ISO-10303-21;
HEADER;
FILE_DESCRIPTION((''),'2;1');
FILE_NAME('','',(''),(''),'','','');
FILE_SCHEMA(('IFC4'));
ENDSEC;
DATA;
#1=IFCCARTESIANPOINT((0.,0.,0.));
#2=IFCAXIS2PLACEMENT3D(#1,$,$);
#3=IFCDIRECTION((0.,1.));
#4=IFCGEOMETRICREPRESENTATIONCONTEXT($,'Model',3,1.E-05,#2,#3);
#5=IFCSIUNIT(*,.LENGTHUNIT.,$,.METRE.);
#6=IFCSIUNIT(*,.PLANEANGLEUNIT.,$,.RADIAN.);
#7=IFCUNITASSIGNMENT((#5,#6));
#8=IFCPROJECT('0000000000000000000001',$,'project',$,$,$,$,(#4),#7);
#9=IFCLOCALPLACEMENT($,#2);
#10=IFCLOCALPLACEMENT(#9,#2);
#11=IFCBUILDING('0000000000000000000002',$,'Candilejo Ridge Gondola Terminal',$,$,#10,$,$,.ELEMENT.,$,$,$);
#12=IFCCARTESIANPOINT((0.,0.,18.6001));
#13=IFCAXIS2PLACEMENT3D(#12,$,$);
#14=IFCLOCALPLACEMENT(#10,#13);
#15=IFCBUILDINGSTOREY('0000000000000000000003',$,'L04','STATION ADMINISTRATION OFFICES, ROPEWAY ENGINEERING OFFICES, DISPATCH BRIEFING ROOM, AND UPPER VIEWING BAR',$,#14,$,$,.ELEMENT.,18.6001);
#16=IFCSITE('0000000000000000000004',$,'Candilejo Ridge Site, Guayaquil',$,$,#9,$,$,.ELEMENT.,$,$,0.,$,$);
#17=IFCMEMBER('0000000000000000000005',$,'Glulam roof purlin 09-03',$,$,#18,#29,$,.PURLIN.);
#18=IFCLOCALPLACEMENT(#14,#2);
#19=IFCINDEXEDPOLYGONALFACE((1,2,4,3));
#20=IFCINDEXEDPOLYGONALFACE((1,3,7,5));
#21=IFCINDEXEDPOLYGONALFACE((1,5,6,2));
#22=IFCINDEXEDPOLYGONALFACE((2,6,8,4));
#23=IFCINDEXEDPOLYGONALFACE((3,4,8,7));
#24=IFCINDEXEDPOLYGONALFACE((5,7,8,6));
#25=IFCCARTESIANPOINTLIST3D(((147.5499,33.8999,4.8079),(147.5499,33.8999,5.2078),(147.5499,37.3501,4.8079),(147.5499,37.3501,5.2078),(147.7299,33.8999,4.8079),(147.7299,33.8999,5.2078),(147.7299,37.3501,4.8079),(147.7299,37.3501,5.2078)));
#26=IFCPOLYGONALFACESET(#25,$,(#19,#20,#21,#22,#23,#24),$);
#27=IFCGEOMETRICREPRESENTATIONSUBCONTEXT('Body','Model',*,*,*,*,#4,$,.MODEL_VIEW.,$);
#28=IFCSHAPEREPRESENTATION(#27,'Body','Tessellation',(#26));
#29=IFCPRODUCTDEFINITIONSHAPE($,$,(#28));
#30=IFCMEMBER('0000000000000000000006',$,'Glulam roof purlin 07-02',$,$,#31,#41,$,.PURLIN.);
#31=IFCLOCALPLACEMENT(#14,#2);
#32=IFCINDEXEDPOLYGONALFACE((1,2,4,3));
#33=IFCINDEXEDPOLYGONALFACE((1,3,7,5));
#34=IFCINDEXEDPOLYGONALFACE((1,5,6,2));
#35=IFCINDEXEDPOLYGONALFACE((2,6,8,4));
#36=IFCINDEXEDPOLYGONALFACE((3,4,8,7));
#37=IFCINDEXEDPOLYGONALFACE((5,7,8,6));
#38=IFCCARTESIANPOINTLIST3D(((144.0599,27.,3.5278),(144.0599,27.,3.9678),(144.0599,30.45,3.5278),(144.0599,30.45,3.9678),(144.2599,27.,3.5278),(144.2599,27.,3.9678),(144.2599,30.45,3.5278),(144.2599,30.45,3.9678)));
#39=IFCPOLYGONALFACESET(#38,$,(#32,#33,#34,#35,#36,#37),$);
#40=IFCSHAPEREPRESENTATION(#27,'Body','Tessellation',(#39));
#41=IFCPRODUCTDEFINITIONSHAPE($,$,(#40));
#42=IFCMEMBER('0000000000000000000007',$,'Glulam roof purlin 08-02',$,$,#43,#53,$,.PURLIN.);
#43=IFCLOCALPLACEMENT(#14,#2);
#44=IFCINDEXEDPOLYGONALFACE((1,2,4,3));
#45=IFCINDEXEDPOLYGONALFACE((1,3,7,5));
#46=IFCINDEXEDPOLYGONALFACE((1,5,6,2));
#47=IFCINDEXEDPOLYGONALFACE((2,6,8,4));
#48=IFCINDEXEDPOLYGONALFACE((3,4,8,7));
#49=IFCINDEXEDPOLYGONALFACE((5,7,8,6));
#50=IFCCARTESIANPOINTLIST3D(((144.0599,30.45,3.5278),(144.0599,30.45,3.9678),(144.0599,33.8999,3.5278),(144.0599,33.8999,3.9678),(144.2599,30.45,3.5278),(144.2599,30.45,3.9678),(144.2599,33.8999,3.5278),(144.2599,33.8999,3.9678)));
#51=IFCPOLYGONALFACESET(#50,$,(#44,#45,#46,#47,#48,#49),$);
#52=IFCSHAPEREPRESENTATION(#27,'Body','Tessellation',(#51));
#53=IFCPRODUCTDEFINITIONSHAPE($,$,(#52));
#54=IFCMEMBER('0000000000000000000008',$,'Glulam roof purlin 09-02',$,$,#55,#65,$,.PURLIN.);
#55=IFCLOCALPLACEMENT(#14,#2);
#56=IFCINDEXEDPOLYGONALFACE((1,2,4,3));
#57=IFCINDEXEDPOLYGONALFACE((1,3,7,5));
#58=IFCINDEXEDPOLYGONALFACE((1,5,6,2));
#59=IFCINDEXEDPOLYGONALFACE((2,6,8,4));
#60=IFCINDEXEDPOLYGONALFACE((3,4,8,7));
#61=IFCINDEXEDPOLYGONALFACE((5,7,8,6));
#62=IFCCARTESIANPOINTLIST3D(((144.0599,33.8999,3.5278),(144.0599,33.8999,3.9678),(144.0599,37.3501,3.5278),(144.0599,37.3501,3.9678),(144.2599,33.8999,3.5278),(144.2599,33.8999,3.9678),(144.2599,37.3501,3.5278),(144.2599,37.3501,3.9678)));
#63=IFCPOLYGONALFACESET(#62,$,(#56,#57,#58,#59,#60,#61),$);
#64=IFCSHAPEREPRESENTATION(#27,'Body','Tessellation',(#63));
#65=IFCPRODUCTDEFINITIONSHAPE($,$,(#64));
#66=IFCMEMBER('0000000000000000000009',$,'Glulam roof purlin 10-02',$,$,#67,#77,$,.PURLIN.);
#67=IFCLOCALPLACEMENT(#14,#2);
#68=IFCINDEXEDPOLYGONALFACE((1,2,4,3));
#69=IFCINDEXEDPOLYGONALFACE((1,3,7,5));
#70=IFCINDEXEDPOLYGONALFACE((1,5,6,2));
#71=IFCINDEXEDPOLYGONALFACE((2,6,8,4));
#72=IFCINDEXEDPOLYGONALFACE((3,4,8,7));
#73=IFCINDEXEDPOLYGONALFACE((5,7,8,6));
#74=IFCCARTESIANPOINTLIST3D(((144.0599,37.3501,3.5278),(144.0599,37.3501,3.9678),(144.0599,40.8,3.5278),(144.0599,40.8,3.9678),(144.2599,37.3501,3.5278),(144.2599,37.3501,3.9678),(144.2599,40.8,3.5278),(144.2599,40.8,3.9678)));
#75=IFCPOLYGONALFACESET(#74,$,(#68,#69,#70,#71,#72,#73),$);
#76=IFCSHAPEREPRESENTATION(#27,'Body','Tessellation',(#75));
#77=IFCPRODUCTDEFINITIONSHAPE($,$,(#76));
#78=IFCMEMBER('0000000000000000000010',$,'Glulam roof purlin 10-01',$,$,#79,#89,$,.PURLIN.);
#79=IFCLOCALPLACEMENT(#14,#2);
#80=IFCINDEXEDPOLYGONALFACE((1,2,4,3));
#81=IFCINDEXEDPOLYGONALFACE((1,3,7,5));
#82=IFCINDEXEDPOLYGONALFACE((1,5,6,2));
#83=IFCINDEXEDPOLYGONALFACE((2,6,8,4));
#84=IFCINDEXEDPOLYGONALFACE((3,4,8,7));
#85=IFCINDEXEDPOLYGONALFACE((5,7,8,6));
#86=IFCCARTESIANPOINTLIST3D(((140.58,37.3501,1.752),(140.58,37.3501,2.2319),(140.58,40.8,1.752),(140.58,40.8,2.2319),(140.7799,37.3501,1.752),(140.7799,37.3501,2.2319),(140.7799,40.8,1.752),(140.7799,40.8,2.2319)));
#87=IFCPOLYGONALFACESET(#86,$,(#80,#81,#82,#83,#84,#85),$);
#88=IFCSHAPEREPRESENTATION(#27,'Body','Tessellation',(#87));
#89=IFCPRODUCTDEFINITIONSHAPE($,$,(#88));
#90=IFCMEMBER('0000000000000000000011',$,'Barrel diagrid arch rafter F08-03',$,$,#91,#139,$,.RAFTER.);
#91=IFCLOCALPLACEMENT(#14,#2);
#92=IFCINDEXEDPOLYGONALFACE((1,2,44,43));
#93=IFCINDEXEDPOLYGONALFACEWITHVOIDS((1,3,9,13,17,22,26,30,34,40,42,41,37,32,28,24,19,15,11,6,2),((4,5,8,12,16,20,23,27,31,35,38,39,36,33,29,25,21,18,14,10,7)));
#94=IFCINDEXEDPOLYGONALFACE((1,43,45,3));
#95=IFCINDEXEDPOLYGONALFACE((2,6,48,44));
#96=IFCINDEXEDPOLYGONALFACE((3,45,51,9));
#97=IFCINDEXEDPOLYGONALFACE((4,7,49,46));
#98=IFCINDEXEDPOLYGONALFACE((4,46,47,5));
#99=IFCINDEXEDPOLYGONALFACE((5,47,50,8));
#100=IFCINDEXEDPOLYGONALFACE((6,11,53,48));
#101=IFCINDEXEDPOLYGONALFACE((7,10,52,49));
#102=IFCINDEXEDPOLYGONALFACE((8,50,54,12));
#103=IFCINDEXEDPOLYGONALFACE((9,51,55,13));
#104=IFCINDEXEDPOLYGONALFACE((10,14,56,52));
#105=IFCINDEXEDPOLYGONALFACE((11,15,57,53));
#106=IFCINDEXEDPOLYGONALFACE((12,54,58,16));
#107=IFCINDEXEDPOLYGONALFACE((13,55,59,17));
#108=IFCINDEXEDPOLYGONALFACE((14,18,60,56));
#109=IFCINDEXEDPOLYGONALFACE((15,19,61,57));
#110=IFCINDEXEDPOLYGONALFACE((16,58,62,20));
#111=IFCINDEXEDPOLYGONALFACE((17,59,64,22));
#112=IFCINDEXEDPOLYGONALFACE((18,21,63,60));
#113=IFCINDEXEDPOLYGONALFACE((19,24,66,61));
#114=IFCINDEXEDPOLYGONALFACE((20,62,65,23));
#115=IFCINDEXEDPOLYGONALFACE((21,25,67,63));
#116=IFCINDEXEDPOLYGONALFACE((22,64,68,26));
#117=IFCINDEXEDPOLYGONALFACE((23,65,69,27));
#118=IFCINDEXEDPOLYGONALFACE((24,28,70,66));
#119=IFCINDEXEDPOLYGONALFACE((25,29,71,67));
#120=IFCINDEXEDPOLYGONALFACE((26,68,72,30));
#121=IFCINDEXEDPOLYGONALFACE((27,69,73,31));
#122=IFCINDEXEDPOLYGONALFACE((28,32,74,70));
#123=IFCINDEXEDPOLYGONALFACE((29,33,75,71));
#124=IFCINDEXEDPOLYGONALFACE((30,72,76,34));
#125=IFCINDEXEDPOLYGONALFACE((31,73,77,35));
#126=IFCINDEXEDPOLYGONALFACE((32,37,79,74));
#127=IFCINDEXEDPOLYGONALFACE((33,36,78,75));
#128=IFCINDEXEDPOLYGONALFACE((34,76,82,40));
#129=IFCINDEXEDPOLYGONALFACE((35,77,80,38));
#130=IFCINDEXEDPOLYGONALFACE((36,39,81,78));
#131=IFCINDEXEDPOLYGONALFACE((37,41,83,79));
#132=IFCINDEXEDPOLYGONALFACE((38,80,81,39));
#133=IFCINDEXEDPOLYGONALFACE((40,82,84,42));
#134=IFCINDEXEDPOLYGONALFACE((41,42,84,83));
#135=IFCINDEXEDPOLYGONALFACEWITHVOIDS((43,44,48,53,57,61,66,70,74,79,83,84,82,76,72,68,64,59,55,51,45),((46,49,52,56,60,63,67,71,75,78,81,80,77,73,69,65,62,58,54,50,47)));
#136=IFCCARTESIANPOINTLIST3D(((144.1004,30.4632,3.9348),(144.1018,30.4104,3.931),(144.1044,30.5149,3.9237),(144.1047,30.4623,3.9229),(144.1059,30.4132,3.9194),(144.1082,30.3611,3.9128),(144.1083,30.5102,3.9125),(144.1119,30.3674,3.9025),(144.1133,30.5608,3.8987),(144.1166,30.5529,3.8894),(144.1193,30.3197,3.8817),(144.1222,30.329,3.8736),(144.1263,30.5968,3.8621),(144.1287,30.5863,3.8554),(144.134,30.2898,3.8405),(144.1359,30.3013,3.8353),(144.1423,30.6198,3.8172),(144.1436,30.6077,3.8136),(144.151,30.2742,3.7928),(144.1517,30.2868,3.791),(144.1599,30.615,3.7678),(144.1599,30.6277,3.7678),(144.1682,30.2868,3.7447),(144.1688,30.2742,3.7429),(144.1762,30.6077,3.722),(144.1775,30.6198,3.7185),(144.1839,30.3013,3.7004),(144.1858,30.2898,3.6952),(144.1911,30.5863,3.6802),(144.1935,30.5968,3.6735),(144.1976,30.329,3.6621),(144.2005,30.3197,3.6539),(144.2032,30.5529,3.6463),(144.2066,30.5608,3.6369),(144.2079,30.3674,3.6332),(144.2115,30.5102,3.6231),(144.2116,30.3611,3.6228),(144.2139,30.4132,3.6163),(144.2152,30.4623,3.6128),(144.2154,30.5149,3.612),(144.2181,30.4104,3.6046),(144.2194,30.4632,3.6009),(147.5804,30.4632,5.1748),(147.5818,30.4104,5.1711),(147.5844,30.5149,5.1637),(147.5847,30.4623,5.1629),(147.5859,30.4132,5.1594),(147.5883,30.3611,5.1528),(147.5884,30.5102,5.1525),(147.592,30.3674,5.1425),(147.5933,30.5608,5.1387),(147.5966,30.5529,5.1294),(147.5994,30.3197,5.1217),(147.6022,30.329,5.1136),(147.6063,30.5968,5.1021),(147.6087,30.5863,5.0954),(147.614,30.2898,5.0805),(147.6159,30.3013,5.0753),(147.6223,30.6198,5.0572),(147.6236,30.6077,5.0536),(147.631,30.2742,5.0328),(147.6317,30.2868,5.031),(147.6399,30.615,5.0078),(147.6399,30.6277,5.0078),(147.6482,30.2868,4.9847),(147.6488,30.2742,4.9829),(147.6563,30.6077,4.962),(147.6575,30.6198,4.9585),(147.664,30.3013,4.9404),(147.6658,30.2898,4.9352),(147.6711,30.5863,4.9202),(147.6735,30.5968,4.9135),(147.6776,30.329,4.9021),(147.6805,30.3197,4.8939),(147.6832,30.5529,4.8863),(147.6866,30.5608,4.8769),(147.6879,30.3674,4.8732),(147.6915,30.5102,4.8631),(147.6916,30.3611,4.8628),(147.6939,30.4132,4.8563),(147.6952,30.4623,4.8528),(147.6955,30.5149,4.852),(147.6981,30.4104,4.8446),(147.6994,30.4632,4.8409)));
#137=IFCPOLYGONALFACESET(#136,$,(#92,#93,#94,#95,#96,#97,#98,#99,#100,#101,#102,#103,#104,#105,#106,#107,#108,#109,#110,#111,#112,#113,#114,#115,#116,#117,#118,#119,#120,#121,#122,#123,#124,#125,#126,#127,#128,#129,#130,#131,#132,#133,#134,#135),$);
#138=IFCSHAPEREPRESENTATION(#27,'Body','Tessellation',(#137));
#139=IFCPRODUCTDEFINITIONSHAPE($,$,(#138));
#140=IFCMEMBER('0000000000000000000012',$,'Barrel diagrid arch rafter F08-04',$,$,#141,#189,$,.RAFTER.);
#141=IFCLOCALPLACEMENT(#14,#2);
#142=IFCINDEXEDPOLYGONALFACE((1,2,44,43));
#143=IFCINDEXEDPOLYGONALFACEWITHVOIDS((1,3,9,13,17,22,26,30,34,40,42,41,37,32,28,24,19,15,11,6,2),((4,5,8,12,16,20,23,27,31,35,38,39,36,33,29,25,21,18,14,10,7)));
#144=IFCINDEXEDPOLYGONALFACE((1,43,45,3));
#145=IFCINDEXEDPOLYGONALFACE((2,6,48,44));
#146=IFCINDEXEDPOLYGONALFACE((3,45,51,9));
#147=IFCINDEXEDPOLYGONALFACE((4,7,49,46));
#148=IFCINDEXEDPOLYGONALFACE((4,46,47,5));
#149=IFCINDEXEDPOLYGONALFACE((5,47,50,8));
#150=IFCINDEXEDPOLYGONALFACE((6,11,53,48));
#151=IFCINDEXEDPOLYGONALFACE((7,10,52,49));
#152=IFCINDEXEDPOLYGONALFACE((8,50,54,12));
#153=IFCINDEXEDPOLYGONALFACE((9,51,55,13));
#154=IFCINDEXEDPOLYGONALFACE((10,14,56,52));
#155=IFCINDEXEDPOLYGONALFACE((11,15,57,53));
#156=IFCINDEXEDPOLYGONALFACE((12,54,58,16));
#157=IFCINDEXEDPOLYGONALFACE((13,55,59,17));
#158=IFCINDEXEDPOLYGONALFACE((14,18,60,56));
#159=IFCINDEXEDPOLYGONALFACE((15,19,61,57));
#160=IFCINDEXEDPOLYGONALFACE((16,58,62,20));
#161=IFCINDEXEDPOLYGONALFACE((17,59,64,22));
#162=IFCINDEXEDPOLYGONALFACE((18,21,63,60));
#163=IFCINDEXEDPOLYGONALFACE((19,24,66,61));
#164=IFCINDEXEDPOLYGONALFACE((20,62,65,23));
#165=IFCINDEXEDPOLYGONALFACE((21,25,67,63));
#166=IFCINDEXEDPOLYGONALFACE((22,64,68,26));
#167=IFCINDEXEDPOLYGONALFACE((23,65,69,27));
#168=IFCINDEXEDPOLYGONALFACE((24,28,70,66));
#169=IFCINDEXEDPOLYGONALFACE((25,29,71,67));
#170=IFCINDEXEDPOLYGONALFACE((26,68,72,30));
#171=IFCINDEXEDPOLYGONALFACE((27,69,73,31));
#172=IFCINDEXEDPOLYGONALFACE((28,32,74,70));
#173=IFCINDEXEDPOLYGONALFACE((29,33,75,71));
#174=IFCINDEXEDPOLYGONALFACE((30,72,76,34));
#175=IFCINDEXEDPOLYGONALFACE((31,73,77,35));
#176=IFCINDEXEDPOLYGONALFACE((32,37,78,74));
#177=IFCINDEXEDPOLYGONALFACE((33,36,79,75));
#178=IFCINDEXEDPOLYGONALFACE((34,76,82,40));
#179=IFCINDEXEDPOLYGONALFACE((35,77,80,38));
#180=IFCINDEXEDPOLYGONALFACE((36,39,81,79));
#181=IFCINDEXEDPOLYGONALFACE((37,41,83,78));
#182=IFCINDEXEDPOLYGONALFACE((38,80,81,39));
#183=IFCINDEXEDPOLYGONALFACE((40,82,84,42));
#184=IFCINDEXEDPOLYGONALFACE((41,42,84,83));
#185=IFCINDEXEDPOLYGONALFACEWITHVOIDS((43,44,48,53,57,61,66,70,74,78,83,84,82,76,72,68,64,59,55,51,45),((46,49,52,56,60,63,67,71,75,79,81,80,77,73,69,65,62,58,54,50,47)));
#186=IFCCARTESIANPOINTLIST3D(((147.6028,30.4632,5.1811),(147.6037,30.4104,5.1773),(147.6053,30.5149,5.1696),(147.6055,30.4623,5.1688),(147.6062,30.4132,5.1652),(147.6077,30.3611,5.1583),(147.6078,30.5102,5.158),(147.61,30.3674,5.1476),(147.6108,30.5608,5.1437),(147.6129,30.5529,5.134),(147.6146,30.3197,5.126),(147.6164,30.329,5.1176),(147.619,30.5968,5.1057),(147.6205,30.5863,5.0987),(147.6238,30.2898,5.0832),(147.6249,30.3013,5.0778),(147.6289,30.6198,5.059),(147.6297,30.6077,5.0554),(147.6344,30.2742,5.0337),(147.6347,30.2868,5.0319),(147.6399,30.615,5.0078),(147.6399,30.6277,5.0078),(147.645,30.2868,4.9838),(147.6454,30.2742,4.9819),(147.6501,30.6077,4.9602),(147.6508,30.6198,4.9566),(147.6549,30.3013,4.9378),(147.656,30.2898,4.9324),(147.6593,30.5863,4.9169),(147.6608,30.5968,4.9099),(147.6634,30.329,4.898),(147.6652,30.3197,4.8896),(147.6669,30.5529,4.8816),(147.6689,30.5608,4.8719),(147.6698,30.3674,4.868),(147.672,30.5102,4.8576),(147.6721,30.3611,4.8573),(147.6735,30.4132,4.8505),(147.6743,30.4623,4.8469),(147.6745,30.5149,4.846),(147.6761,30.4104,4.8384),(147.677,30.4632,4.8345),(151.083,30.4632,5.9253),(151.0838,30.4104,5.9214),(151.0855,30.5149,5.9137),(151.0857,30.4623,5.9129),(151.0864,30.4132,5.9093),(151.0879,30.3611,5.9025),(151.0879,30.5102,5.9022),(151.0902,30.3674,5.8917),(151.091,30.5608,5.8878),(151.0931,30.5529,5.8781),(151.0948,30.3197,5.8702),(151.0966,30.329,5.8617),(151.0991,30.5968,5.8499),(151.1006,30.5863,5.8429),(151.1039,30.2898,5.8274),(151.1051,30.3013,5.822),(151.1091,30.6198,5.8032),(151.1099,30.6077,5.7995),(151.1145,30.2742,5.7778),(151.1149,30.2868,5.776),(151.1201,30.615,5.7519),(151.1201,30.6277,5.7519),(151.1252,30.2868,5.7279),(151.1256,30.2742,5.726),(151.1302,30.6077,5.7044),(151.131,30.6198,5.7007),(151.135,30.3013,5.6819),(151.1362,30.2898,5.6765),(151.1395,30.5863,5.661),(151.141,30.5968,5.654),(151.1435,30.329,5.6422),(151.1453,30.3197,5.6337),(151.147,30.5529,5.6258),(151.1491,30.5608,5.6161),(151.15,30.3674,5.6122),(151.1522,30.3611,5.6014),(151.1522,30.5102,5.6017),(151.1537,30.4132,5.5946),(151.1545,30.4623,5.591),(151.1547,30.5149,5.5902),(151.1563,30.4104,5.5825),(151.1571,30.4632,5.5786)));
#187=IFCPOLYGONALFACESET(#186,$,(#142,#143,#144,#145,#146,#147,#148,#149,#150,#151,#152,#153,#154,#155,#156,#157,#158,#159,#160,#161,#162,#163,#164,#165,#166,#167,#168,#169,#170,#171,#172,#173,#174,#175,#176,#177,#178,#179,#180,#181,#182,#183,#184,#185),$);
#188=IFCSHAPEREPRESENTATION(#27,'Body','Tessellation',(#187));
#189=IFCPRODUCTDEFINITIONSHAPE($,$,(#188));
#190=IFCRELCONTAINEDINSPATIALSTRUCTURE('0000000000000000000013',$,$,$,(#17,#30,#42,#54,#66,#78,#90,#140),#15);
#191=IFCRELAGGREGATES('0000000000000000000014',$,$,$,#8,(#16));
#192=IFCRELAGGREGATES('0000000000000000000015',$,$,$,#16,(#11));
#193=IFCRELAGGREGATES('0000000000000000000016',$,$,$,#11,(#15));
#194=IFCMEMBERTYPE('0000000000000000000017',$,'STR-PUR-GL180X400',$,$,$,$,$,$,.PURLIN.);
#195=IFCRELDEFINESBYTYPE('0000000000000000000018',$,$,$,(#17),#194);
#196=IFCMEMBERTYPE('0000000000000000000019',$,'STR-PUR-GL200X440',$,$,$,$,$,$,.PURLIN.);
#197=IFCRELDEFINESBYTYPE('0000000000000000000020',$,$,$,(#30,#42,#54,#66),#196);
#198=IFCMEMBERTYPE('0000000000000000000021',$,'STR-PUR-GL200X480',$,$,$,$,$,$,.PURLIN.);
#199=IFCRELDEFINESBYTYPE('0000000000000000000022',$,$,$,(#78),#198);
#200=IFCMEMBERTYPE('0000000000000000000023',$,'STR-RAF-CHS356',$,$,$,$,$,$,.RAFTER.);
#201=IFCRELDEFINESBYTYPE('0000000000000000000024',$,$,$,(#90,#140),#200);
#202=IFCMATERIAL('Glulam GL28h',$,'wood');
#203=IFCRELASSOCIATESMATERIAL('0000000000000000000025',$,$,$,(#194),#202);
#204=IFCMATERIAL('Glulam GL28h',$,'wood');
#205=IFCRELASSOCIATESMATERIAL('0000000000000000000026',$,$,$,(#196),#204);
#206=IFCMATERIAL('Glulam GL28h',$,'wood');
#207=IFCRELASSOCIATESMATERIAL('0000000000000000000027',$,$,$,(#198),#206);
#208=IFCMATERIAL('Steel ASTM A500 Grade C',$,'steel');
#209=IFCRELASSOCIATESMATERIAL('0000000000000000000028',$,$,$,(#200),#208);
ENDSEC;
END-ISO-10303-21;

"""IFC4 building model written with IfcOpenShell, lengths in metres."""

from ifc_helpers import new_model, si_unit, direction, frame, origin, origin_2d, place, context, subcontext, project, spatial, rectangle, hollow_circle, extrude, material, material_profile, profile_set, type_object, element, save


model = new_model("IFC4")

# Units and contexts
model_context = context("Model", 3, precision=1e-05, world=origin(), true_north=direction((0.0, 1.0)))
body_context = subcontext(model_context, "Body", "Model", "MODEL_VIEW")
ifc_project = project(units=[si_unit("LENGTHUNIT", "METRE"), si_unit("PLANEANGLEUNIT", "RADIAN")], contexts=[model_context])

# Site, building, storey
site_placement = place(None, origin())
site = spatial("IfcSite", under=ifc_project, at=site_placement, Name="Candilejo Ridge Site, Guayaquil", CompositionType="ELEMENT", RefElevation=0.0)
building_placement = place(site_placement, origin())
building = spatial("IfcBuilding", under=site, at=building_placement, Name="Candilejo Ridge Gondola Terminal", CompositionType="ELEMENT")
storey_placement = place(building_placement, frame((0.0, 0.0, 18.6001)))
storey = spatial("IfcBuildingStorey", under=building, at=storey_placement, Name="L04", Description="STATION ADMINISTRATION OFFICES, ROPEWAY ENGINEERING OFFICES, DISPATCH BRIEFING ROOM, AND UPPER VIEWING BAR", CompositionType="ELEMENT", Elevation=18.6001)

# Members
ifc_material_1 = material(Name="Glulam GL28h", Category="wood")
ifc_material_profile_1 = material_profile(ifc_material_1, rectangle(XDim=0.1799, YDim=0.3999, at=origin_2d()))
ifc_profile_set_1 = profile_set([ifc_material_profile_1], Name="Glulam GL28h")
member_type_1 = type_object("IfcMemberType", Name="STR-PUR-GL180X400", PredefinedType="PURLIN", material=ifc_profile_set_1)
member_1_placement = place(storey_placement, frame((147.6399, 33.8999, 5.0078), z_axis=(0.0, 1.0, 0.0), x_axis=(-1.0, 0.0, 0.0)))
element("IfcMember", 1, at=member_1_placement, inside=storey, type_object=member_type_1, Name="Glulam roof purlin 09-03", PredefinedType="PURLIN", context=body_context, shape_type="SweptSolid", body=[
    extrude(rectangle(XDim=0.1799, YDim=0.3999, at=origin_2d()), origin(), (0.0, 0.0, 1.0), 3.4502),
])
ifc_material_2 = material(Name="Glulam GL28h", Category="wood")
ifc_material_profile_2 = material_profile(ifc_material_2, rectangle(XDim=0.2, YDim=0.4399, at=origin_2d()))
ifc_profile_set_2 = profile_set([ifc_material_profile_2], Name="Glulam GL28h")
member_type_2 = type_object("IfcMemberType", Name="STR-PUR-GL200X440", PredefinedType="PURLIN", material=ifc_profile_set_2)
for number, where, z_axis, x_axis, name in (
    (2, (144.1599, 27.0, 3.7478), (0.0, 1.0, 0.0), (-1.0, 0.0, 0.0), "Glulam roof purlin 07-02"),
    (3, (144.1599, 30.45, 3.7478), (0.0, 1.0, 0.0), (-1.0, 0.0, 0.0), "Glulam roof purlin 08-02"),
):
    element("IfcMember", number, at=place(storey_placement, frame(where, z_axis=z_axis, x_axis=x_axis)), inside=storey, type_object=member_type_2, Name=name, PredefinedType="PURLIN", context=body_context, shape_type="SweptSolid", body=[
        extrude(rectangle(XDim=0.2, YDim=0.4399, at=origin_2d()), origin(), (0.0, 0.0, 1.0), 3.45),
    ])
member_2_placement = place(storey_placement, frame((144.1599, 33.8999, 3.7478), z_axis=(0.0, 1.0, 0.0), x_axis=(-1.0, 0.0, 0.0)))
element("IfcMember", 4, at=member_2_placement, inside=storey, type_object=member_type_2, Name="Glulam roof purlin 09-02", PredefinedType="PURLIN", context=body_context, shape_type="SweptSolid", body=[
    extrude(rectangle(XDim=0.2, YDim=0.4399, at=origin_2d()), origin(), (0.0, 0.0, 1.0), 3.4502),
])
member_3_placement = place(storey_placement, frame((144.1599, 37.3501, 3.7478), z_axis=(0.0, 1.0, 0.0), x_axis=(-1.0, 0.0, 0.0)))
element("IfcMember", 5, at=member_3_placement, inside=storey, type_object=member_type_2, Name="Glulam roof purlin 10-02", PredefinedType="PURLIN", context=body_context, shape_type="SweptSolid", body=[
    extrude(rectangle(XDim=0.2, YDim=0.4399, at=origin_2d()), origin(), (0.0, 0.0, 1.0), 3.45),
])
ifc_material_3 = material(Name="Glulam GL28h", Category="wood")
ifc_material_profile_3 = material_profile(ifc_material_3, rectangle(XDim=0.2, YDim=0.48, at=origin_2d()))
ifc_profile_set_3 = profile_set([ifc_material_profile_3], Name="Glulam GL28h")
member_type_3 = type_object("IfcMemberType", Name="STR-PUR-GL200X480", PredefinedType="PURLIN", material=ifc_profile_set_3)
member_4_placement = place(storey_placement, frame((140.6799, 37.3501, 1.9919), z_axis=(0.0, 1.0, 0.0), x_axis=(-1.0, 0.0, 0.0)))
element("IfcMember", 6, at=member_4_placement, inside=storey, type_object=member_type_3, Name="Glulam roof purlin 10-01", PredefinedType="PURLIN", context=body_context, shape_type="SweptSolid", body=[
    extrude(rectangle(XDim=0.2, YDim=0.48, at=origin_2d()), origin(), (0.0, 0.0, 1.0), 3.45),
])
ifc_material_4 = material(Name="Steel ASTM A500 Grade C", Category="steel")
ifc_material_profile_4 = material_profile(ifc_material_4, hollow_circle(Radius=0.1777, WallThickness=0.0127, at=origin_2d()))
ifc_profile_set_4 = profile_set([ifc_material_profile_4], Name="Steel ASTM A500 Grade C")
member_type_4 = type_object("IfcMemberType", Name="STR-RAF-CHS356", PredefinedType="RAFTER", material=ifc_profile_set_4)
member_5_placement = place(storey_placement, frame((144.1599, 30.45, 3.7678), z_axis=(0.941987, 0.0, 0.33565), x_axis=(0.0, 1.0, 0.0)))
element("IfcMember", 7, at=member_5_placement, inside=storey, type_object=member_type_4, Name="Barrel diagrid arch rafter F08-03", PredefinedType="RAFTER", context=body_context, shape_type="SweptSolid", body=[
    extrude(hollow_circle(Radius=0.1777, WallThickness=0.0127, at=origin_2d()), origin(), (0.0, 0.0, 1.0), 3.6943),
])
member_6_placement = place(storey_placement, frame((147.6399, 30.45, 5.0078), z_axis=(0.977896, 0.0, 0.209093), x_axis=(0.0, 1.0, 0.0)))
element("IfcMember", 8, at=member_6_placement, inside=storey, type_object=member_type_4, Name="Barrel diagrid arch rafter F08-04", PredefinedType="RAFTER", context=body_context, shape_type="SweptSolid", body=[
    extrude(hollow_circle(Radius=0.1777, WallThickness=0.0127, at=origin_2d()), origin(), (0.0, 0.0, 1.0), 3.5588),
])

save(model, "model.ifc")
